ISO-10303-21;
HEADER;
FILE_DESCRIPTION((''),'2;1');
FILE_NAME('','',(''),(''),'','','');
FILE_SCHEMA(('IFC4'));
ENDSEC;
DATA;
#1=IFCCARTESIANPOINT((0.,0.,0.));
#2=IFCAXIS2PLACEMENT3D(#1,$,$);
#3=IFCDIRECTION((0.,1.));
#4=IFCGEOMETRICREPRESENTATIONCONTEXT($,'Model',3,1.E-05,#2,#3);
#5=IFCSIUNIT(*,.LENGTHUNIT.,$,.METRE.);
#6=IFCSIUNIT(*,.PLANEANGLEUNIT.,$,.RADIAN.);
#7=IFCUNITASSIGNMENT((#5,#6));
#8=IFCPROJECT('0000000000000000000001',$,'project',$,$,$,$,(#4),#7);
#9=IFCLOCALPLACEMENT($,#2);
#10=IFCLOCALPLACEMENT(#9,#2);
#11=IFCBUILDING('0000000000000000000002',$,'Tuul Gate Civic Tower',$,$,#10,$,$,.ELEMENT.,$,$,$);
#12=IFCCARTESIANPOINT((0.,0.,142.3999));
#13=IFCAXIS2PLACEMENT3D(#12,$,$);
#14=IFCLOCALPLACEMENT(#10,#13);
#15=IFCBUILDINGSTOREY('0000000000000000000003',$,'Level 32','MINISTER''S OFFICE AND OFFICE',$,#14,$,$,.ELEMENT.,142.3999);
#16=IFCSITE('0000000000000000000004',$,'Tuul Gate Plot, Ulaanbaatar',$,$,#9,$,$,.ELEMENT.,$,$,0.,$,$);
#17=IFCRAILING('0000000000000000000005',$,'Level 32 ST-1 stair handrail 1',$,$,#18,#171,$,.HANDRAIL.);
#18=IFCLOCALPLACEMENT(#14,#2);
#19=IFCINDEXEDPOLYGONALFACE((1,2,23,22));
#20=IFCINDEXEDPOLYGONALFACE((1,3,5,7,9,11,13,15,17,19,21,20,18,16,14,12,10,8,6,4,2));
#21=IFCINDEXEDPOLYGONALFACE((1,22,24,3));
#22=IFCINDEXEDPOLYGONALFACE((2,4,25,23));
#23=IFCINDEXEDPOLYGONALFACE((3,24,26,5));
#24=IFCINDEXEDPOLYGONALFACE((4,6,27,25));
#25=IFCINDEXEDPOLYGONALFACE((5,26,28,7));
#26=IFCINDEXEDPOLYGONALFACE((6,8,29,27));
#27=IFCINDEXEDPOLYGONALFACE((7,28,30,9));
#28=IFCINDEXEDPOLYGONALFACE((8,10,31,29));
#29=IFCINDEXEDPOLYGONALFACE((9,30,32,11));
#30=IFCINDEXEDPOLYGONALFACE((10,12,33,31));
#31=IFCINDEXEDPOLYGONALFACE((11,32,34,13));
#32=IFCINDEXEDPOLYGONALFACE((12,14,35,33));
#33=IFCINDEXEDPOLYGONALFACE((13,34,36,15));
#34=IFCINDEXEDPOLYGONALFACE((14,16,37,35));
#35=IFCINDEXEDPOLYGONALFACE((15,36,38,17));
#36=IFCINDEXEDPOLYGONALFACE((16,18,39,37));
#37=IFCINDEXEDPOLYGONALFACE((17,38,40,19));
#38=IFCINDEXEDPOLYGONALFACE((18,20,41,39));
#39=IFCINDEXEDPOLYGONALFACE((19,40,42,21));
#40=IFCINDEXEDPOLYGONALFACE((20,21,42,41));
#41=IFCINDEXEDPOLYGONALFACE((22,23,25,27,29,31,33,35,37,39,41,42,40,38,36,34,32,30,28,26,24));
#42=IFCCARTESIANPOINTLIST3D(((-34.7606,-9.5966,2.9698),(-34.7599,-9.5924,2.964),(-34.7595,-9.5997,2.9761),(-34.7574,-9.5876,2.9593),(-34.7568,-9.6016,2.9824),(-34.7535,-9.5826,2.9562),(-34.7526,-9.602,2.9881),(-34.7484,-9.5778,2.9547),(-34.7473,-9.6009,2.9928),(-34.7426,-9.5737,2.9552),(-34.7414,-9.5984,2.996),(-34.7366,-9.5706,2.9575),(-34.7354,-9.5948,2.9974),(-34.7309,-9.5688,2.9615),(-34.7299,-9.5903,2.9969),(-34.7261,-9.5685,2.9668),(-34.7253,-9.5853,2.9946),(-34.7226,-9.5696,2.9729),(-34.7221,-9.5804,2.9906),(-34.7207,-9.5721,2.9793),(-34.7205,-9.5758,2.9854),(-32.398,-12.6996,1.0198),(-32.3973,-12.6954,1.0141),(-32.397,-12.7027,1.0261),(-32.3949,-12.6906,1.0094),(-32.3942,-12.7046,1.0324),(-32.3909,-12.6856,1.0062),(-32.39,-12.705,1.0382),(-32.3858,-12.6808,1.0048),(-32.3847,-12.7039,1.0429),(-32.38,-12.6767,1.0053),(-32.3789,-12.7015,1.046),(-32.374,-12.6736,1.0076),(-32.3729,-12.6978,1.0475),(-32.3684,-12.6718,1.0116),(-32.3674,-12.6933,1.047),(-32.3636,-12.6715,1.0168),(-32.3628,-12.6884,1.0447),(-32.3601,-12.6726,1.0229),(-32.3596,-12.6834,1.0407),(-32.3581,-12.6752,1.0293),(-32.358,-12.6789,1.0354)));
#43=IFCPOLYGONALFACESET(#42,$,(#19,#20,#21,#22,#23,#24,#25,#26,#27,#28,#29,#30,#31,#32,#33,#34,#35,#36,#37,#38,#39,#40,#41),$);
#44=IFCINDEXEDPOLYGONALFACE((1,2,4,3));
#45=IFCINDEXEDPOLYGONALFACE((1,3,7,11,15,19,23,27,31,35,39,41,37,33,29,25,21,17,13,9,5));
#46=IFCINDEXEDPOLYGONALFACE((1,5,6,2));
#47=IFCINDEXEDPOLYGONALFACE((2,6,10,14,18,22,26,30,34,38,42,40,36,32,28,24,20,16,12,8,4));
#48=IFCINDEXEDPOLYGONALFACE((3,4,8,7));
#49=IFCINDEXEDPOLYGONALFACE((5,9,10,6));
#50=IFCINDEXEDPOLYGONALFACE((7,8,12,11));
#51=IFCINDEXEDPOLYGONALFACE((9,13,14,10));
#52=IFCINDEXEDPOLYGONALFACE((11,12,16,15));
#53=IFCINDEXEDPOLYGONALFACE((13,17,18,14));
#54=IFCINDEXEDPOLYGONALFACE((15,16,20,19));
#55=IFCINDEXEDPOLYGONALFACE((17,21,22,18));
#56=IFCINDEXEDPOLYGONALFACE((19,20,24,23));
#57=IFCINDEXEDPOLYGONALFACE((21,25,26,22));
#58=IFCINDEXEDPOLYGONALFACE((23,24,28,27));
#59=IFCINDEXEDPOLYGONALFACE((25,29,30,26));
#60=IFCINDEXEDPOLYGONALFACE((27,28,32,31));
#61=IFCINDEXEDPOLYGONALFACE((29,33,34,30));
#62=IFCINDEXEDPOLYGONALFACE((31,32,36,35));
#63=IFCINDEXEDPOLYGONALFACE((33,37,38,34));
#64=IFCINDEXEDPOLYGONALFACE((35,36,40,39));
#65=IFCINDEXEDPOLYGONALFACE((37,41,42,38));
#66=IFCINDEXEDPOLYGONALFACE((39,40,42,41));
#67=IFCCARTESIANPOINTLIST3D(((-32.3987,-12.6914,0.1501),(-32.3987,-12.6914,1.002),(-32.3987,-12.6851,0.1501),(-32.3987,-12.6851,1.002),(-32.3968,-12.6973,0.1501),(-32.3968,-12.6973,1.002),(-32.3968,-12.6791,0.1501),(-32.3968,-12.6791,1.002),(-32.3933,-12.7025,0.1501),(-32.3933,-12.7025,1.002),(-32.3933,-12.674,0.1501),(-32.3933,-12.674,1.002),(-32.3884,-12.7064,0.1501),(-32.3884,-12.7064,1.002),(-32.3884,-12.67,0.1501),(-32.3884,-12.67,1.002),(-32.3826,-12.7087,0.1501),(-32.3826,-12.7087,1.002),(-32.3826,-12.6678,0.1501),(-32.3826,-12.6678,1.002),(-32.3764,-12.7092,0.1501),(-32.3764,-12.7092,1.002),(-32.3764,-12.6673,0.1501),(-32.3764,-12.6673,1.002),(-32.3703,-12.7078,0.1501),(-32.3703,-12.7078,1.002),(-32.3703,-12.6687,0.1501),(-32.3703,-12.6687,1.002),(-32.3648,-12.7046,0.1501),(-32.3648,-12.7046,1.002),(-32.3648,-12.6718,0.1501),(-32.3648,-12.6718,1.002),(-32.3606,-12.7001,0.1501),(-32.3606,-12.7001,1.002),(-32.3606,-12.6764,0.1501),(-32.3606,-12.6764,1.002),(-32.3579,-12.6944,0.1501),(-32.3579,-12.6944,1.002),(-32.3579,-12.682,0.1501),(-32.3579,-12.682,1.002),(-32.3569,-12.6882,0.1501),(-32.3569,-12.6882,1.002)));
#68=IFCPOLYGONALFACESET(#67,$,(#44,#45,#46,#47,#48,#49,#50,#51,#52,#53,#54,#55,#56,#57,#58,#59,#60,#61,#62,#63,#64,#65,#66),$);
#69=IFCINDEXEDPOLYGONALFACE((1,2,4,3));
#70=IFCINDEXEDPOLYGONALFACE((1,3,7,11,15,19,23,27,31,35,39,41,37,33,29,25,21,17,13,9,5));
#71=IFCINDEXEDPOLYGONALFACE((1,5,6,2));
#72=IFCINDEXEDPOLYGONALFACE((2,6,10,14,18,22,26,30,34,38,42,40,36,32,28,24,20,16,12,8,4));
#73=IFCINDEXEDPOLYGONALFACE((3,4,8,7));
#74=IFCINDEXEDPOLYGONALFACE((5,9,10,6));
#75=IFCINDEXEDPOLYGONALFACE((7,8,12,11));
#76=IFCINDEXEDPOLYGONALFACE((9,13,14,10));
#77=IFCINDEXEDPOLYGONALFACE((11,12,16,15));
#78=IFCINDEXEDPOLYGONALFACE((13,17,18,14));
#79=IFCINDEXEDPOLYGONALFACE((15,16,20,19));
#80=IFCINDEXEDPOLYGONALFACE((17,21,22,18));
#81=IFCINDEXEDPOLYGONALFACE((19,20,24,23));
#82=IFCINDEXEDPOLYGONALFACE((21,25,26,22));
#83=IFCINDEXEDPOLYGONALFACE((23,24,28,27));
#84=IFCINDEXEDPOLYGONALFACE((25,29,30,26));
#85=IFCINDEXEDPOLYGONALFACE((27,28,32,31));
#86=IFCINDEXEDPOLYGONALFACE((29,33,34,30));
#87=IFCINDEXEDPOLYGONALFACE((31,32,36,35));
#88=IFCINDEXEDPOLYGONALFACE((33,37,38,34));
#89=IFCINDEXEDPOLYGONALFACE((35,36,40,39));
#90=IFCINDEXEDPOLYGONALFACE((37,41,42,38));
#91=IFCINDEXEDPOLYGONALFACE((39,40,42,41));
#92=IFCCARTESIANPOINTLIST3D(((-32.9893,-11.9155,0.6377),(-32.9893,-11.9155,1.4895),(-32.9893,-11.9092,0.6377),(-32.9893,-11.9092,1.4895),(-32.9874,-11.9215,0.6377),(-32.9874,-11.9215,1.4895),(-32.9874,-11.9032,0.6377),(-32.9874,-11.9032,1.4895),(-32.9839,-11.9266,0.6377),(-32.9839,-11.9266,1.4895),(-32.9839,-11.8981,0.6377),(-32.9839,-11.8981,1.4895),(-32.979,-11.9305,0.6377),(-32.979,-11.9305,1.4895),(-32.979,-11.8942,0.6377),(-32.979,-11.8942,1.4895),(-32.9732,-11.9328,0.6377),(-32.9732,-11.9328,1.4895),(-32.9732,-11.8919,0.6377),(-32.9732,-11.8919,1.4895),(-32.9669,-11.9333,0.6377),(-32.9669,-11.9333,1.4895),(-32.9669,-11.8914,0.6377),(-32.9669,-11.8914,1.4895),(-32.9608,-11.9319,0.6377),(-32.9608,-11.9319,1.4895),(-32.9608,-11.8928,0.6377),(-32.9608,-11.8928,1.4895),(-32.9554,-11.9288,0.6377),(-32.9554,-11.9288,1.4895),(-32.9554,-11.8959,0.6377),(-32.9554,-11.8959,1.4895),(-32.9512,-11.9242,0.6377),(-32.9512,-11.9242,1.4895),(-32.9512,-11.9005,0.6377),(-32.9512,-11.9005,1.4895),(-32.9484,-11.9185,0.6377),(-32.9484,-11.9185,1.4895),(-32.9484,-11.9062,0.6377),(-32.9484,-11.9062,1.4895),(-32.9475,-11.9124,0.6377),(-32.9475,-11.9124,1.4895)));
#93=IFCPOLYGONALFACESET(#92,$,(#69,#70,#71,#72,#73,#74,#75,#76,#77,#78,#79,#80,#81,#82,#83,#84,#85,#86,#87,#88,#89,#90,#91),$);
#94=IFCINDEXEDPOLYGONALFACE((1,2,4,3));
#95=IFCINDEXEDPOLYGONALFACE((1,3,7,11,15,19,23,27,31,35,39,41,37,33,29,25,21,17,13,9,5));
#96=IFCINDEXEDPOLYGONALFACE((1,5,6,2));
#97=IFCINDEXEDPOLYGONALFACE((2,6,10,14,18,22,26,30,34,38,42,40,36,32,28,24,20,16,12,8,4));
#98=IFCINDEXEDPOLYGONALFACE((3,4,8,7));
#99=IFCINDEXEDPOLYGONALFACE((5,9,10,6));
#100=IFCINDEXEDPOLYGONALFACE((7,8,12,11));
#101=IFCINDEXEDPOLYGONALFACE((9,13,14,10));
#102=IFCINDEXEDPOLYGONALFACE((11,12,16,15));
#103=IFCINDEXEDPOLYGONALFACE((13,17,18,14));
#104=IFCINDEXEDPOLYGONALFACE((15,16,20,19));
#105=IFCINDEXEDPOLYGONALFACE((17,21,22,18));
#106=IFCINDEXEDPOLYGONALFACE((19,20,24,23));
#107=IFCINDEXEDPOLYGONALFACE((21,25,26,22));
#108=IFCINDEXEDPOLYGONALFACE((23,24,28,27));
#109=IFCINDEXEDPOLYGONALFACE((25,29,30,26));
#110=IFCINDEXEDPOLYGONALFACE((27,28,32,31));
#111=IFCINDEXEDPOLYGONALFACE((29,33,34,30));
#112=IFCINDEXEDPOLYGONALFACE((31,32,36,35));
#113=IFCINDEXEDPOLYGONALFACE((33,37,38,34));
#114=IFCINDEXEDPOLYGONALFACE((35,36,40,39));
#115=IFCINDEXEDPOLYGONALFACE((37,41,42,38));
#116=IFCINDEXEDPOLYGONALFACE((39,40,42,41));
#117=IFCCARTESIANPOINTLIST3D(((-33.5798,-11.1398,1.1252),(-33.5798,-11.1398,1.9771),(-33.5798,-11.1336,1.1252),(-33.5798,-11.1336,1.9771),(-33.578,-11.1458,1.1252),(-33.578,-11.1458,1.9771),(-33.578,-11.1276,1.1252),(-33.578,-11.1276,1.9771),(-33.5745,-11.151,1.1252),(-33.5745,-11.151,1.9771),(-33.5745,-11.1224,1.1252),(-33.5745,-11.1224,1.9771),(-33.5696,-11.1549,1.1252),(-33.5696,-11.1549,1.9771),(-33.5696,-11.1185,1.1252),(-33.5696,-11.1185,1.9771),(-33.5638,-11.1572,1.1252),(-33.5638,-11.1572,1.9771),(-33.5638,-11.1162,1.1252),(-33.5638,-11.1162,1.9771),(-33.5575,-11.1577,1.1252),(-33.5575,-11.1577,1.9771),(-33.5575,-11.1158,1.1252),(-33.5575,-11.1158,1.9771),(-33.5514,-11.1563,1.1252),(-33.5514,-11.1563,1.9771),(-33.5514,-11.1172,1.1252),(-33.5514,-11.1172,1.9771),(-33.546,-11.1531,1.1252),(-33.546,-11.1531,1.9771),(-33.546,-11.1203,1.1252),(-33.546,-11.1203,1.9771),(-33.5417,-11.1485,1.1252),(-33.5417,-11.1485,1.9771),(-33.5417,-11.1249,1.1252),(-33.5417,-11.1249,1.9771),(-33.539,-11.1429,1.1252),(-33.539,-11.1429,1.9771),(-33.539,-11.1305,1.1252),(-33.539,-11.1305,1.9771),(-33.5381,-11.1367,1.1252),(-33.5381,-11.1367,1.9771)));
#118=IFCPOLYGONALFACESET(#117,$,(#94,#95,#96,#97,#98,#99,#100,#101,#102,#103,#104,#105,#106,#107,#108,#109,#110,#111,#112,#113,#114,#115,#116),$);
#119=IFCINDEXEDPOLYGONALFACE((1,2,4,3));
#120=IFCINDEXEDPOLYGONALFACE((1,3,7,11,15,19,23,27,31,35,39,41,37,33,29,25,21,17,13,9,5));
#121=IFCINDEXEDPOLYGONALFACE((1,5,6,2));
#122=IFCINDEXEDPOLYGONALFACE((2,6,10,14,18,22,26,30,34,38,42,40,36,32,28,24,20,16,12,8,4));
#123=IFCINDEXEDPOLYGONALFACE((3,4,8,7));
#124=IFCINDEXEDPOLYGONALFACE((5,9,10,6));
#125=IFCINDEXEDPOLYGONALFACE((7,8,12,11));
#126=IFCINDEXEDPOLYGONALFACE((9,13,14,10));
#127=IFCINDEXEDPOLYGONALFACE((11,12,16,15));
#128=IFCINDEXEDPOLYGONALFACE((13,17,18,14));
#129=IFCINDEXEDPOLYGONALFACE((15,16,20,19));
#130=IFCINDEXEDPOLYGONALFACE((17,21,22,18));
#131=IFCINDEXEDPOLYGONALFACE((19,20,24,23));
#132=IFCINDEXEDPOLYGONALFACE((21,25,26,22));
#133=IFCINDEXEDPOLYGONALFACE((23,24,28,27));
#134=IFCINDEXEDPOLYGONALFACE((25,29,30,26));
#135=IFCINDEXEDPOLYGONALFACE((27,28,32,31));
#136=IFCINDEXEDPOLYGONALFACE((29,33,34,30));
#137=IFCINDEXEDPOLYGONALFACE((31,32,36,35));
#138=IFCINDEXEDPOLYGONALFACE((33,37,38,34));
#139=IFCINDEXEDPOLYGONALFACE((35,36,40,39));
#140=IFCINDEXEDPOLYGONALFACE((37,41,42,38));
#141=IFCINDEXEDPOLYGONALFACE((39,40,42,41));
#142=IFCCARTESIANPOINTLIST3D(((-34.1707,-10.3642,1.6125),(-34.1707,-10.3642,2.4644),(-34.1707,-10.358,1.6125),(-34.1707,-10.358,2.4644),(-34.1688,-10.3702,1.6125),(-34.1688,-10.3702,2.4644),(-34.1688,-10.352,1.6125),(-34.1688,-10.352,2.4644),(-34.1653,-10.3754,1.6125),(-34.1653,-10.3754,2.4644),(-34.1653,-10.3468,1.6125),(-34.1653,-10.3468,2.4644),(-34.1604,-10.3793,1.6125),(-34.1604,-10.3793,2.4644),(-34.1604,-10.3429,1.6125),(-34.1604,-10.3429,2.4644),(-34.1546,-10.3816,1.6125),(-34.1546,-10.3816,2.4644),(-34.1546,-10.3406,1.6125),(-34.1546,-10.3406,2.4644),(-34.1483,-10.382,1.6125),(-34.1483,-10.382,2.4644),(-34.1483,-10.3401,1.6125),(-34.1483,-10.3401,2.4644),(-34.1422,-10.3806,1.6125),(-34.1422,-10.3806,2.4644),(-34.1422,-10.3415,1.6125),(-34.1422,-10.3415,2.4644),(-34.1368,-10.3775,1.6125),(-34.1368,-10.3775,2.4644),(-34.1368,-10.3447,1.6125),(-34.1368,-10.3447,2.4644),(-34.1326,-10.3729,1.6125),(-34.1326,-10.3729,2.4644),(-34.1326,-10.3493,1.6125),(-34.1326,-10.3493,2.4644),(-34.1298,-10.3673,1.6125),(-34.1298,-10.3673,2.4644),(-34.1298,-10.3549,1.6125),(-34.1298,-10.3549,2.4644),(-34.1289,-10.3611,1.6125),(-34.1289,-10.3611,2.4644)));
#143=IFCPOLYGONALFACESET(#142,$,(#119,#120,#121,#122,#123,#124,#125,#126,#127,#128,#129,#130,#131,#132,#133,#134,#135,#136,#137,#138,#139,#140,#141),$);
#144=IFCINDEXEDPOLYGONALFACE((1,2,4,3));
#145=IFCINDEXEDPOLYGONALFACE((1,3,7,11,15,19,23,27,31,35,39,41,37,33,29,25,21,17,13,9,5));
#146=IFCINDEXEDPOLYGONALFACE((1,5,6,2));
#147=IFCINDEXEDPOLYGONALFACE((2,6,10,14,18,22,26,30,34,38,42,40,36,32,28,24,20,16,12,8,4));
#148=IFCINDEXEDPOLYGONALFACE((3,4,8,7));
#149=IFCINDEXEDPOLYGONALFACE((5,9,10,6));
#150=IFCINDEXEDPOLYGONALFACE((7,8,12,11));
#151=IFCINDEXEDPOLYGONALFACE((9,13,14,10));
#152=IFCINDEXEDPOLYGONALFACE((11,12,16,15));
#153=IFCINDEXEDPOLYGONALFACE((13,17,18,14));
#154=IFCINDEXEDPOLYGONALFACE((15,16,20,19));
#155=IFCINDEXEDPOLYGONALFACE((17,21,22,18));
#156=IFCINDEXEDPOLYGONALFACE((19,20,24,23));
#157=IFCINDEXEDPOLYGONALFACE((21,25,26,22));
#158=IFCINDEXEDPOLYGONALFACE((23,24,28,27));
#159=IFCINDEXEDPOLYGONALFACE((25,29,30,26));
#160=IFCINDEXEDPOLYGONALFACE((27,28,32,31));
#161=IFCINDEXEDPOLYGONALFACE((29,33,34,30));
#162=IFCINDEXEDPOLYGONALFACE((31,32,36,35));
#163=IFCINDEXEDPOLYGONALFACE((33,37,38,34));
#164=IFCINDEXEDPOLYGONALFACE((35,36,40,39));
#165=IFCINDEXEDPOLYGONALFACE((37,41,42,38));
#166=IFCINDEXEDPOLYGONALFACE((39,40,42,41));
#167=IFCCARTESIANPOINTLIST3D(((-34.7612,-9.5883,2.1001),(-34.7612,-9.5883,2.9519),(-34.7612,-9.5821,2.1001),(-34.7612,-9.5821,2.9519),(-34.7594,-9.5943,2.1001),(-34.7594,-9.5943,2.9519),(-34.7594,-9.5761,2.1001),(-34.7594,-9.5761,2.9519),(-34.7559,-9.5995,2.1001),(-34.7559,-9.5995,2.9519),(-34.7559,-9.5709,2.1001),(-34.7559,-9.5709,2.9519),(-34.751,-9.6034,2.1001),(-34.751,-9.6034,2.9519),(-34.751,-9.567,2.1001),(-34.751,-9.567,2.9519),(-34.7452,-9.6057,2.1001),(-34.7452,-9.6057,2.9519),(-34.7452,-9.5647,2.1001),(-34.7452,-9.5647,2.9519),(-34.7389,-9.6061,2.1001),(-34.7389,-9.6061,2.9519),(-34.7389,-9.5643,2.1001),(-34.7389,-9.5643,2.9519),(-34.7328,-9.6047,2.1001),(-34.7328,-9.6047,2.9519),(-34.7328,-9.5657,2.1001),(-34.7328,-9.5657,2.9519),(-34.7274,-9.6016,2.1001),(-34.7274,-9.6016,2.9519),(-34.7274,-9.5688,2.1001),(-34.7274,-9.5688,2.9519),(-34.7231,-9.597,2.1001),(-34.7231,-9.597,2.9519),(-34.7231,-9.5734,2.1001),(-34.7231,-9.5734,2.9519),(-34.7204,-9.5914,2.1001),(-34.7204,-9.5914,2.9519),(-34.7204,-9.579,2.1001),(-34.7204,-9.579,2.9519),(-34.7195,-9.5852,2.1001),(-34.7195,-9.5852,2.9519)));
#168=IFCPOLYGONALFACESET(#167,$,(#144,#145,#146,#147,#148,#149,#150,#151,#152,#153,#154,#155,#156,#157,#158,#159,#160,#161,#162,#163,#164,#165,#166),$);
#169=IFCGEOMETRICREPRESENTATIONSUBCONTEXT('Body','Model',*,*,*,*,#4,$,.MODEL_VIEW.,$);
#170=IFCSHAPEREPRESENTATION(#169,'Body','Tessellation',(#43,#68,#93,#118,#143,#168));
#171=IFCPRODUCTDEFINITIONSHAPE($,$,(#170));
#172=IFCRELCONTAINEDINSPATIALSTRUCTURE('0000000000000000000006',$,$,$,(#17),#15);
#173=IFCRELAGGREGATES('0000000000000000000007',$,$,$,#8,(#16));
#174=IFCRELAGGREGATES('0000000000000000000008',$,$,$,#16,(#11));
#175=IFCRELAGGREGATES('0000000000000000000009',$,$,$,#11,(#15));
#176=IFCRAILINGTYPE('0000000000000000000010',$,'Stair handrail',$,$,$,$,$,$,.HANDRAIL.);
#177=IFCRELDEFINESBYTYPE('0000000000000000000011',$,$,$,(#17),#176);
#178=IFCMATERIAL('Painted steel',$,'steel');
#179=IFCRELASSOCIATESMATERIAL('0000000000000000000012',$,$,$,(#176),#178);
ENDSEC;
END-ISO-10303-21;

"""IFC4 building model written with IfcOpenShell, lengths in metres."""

from ifc_helpers import new_model, si_unit, direction, frame, origin, origin_2d, place, context, subcontext, project, spatial, circle, extrude, material, type_object, element, save


model = new_model("IFC4")

# Units and contexts
model_context = context("Model", 3, precision=1e-05, world=origin(), true_north=direction((0.0, 1.0)))
body_context = subcontext(model_context, "Body", "Model", "MODEL_VIEW")
ifc_project = project(units=[si_unit("LENGTHUNIT", "METRE"), si_unit("PLANEANGLEUNIT", "RADIAN")], contexts=[model_context])

# Site, building, storey
site_placement = place(None, origin())
site = spatial("IfcSite", under=ifc_project, at=site_placement, Name="Tuul Gate Plot, Ulaanbaatar", CompositionType="ELEMENT", RefElevation=0.0)
building_placement = place(site_placement, origin())
building = spatial("IfcBuilding", under=site, at=building_placement, Name="Tuul Gate Civic Tower", CompositionType="ELEMENT")
storey_placement = place(building_placement, frame((0.0, 0.0, 142.3999)))
storey = spatial("IfcBuildingStorey", under=building, at=storey_placement, Name="Level 32", Description="MINISTER'S OFFICE AND OFFICE", CompositionType="ELEMENT", Elevation=142.3999)

# Railing
ifc_material_1 = material(Name="Painted steel", Category="steel")
railing_type_1 = type_object("IfcRailingType", Name="Stair handrail", PredefinedType="HANDRAIL", material=ifc_material_1)
railing_1_placement = place(storey_placement, frame((-32.3779, -12.6882, 0.1501)))
element("IfcRailing", 1, at=railing_1_placement, inside=storey, type_object=railing_type_1, Name="Level 32 ST-1 stair handrail 1", PredefinedType="HANDRAIL", context=body_context, shape_type="SweptSolid", body=[
    extrude(circle(Radius=0.0239, at=origin_2d()), frame((0.0, 0.0, 0.876), z_axis=(-0.541824, 0.711645, 0.4472), x_axis=(-0.795637, -0.605773, 0.0)), (0.0, 0.0, 1.0), 4.3604),
    extrude(circle(Radius=0.021, at=origin_2d()), origin(), (0.0, 0.0, 1.0), 0.8518),
    extrude(circle(Radius=0.021, at=origin_2d()), frame((-0.5906, 0.7759, 0.4875)), (0.0, 0.0, 1.0), 0.8518),
    extrude(circle(Radius=0.021, at=origin_2d()), frame((-1.1812, 1.5515, 0.9751)), (0.0, 0.0, 1.0), 0.8518),
    extrude(circle(Radius=0.021, at=origin_2d()), frame((-1.772, 2.3271, 1.4624)), (0.0, 0.0, 1.0), 0.8518),
    extrude(circle(Radius=0.021, at=origin_2d()), frame((-2.3625, 3.103, 1.95)), (0.0, 0.0, 1.0), 0.8518),
])

save(model, "model.ifc")
